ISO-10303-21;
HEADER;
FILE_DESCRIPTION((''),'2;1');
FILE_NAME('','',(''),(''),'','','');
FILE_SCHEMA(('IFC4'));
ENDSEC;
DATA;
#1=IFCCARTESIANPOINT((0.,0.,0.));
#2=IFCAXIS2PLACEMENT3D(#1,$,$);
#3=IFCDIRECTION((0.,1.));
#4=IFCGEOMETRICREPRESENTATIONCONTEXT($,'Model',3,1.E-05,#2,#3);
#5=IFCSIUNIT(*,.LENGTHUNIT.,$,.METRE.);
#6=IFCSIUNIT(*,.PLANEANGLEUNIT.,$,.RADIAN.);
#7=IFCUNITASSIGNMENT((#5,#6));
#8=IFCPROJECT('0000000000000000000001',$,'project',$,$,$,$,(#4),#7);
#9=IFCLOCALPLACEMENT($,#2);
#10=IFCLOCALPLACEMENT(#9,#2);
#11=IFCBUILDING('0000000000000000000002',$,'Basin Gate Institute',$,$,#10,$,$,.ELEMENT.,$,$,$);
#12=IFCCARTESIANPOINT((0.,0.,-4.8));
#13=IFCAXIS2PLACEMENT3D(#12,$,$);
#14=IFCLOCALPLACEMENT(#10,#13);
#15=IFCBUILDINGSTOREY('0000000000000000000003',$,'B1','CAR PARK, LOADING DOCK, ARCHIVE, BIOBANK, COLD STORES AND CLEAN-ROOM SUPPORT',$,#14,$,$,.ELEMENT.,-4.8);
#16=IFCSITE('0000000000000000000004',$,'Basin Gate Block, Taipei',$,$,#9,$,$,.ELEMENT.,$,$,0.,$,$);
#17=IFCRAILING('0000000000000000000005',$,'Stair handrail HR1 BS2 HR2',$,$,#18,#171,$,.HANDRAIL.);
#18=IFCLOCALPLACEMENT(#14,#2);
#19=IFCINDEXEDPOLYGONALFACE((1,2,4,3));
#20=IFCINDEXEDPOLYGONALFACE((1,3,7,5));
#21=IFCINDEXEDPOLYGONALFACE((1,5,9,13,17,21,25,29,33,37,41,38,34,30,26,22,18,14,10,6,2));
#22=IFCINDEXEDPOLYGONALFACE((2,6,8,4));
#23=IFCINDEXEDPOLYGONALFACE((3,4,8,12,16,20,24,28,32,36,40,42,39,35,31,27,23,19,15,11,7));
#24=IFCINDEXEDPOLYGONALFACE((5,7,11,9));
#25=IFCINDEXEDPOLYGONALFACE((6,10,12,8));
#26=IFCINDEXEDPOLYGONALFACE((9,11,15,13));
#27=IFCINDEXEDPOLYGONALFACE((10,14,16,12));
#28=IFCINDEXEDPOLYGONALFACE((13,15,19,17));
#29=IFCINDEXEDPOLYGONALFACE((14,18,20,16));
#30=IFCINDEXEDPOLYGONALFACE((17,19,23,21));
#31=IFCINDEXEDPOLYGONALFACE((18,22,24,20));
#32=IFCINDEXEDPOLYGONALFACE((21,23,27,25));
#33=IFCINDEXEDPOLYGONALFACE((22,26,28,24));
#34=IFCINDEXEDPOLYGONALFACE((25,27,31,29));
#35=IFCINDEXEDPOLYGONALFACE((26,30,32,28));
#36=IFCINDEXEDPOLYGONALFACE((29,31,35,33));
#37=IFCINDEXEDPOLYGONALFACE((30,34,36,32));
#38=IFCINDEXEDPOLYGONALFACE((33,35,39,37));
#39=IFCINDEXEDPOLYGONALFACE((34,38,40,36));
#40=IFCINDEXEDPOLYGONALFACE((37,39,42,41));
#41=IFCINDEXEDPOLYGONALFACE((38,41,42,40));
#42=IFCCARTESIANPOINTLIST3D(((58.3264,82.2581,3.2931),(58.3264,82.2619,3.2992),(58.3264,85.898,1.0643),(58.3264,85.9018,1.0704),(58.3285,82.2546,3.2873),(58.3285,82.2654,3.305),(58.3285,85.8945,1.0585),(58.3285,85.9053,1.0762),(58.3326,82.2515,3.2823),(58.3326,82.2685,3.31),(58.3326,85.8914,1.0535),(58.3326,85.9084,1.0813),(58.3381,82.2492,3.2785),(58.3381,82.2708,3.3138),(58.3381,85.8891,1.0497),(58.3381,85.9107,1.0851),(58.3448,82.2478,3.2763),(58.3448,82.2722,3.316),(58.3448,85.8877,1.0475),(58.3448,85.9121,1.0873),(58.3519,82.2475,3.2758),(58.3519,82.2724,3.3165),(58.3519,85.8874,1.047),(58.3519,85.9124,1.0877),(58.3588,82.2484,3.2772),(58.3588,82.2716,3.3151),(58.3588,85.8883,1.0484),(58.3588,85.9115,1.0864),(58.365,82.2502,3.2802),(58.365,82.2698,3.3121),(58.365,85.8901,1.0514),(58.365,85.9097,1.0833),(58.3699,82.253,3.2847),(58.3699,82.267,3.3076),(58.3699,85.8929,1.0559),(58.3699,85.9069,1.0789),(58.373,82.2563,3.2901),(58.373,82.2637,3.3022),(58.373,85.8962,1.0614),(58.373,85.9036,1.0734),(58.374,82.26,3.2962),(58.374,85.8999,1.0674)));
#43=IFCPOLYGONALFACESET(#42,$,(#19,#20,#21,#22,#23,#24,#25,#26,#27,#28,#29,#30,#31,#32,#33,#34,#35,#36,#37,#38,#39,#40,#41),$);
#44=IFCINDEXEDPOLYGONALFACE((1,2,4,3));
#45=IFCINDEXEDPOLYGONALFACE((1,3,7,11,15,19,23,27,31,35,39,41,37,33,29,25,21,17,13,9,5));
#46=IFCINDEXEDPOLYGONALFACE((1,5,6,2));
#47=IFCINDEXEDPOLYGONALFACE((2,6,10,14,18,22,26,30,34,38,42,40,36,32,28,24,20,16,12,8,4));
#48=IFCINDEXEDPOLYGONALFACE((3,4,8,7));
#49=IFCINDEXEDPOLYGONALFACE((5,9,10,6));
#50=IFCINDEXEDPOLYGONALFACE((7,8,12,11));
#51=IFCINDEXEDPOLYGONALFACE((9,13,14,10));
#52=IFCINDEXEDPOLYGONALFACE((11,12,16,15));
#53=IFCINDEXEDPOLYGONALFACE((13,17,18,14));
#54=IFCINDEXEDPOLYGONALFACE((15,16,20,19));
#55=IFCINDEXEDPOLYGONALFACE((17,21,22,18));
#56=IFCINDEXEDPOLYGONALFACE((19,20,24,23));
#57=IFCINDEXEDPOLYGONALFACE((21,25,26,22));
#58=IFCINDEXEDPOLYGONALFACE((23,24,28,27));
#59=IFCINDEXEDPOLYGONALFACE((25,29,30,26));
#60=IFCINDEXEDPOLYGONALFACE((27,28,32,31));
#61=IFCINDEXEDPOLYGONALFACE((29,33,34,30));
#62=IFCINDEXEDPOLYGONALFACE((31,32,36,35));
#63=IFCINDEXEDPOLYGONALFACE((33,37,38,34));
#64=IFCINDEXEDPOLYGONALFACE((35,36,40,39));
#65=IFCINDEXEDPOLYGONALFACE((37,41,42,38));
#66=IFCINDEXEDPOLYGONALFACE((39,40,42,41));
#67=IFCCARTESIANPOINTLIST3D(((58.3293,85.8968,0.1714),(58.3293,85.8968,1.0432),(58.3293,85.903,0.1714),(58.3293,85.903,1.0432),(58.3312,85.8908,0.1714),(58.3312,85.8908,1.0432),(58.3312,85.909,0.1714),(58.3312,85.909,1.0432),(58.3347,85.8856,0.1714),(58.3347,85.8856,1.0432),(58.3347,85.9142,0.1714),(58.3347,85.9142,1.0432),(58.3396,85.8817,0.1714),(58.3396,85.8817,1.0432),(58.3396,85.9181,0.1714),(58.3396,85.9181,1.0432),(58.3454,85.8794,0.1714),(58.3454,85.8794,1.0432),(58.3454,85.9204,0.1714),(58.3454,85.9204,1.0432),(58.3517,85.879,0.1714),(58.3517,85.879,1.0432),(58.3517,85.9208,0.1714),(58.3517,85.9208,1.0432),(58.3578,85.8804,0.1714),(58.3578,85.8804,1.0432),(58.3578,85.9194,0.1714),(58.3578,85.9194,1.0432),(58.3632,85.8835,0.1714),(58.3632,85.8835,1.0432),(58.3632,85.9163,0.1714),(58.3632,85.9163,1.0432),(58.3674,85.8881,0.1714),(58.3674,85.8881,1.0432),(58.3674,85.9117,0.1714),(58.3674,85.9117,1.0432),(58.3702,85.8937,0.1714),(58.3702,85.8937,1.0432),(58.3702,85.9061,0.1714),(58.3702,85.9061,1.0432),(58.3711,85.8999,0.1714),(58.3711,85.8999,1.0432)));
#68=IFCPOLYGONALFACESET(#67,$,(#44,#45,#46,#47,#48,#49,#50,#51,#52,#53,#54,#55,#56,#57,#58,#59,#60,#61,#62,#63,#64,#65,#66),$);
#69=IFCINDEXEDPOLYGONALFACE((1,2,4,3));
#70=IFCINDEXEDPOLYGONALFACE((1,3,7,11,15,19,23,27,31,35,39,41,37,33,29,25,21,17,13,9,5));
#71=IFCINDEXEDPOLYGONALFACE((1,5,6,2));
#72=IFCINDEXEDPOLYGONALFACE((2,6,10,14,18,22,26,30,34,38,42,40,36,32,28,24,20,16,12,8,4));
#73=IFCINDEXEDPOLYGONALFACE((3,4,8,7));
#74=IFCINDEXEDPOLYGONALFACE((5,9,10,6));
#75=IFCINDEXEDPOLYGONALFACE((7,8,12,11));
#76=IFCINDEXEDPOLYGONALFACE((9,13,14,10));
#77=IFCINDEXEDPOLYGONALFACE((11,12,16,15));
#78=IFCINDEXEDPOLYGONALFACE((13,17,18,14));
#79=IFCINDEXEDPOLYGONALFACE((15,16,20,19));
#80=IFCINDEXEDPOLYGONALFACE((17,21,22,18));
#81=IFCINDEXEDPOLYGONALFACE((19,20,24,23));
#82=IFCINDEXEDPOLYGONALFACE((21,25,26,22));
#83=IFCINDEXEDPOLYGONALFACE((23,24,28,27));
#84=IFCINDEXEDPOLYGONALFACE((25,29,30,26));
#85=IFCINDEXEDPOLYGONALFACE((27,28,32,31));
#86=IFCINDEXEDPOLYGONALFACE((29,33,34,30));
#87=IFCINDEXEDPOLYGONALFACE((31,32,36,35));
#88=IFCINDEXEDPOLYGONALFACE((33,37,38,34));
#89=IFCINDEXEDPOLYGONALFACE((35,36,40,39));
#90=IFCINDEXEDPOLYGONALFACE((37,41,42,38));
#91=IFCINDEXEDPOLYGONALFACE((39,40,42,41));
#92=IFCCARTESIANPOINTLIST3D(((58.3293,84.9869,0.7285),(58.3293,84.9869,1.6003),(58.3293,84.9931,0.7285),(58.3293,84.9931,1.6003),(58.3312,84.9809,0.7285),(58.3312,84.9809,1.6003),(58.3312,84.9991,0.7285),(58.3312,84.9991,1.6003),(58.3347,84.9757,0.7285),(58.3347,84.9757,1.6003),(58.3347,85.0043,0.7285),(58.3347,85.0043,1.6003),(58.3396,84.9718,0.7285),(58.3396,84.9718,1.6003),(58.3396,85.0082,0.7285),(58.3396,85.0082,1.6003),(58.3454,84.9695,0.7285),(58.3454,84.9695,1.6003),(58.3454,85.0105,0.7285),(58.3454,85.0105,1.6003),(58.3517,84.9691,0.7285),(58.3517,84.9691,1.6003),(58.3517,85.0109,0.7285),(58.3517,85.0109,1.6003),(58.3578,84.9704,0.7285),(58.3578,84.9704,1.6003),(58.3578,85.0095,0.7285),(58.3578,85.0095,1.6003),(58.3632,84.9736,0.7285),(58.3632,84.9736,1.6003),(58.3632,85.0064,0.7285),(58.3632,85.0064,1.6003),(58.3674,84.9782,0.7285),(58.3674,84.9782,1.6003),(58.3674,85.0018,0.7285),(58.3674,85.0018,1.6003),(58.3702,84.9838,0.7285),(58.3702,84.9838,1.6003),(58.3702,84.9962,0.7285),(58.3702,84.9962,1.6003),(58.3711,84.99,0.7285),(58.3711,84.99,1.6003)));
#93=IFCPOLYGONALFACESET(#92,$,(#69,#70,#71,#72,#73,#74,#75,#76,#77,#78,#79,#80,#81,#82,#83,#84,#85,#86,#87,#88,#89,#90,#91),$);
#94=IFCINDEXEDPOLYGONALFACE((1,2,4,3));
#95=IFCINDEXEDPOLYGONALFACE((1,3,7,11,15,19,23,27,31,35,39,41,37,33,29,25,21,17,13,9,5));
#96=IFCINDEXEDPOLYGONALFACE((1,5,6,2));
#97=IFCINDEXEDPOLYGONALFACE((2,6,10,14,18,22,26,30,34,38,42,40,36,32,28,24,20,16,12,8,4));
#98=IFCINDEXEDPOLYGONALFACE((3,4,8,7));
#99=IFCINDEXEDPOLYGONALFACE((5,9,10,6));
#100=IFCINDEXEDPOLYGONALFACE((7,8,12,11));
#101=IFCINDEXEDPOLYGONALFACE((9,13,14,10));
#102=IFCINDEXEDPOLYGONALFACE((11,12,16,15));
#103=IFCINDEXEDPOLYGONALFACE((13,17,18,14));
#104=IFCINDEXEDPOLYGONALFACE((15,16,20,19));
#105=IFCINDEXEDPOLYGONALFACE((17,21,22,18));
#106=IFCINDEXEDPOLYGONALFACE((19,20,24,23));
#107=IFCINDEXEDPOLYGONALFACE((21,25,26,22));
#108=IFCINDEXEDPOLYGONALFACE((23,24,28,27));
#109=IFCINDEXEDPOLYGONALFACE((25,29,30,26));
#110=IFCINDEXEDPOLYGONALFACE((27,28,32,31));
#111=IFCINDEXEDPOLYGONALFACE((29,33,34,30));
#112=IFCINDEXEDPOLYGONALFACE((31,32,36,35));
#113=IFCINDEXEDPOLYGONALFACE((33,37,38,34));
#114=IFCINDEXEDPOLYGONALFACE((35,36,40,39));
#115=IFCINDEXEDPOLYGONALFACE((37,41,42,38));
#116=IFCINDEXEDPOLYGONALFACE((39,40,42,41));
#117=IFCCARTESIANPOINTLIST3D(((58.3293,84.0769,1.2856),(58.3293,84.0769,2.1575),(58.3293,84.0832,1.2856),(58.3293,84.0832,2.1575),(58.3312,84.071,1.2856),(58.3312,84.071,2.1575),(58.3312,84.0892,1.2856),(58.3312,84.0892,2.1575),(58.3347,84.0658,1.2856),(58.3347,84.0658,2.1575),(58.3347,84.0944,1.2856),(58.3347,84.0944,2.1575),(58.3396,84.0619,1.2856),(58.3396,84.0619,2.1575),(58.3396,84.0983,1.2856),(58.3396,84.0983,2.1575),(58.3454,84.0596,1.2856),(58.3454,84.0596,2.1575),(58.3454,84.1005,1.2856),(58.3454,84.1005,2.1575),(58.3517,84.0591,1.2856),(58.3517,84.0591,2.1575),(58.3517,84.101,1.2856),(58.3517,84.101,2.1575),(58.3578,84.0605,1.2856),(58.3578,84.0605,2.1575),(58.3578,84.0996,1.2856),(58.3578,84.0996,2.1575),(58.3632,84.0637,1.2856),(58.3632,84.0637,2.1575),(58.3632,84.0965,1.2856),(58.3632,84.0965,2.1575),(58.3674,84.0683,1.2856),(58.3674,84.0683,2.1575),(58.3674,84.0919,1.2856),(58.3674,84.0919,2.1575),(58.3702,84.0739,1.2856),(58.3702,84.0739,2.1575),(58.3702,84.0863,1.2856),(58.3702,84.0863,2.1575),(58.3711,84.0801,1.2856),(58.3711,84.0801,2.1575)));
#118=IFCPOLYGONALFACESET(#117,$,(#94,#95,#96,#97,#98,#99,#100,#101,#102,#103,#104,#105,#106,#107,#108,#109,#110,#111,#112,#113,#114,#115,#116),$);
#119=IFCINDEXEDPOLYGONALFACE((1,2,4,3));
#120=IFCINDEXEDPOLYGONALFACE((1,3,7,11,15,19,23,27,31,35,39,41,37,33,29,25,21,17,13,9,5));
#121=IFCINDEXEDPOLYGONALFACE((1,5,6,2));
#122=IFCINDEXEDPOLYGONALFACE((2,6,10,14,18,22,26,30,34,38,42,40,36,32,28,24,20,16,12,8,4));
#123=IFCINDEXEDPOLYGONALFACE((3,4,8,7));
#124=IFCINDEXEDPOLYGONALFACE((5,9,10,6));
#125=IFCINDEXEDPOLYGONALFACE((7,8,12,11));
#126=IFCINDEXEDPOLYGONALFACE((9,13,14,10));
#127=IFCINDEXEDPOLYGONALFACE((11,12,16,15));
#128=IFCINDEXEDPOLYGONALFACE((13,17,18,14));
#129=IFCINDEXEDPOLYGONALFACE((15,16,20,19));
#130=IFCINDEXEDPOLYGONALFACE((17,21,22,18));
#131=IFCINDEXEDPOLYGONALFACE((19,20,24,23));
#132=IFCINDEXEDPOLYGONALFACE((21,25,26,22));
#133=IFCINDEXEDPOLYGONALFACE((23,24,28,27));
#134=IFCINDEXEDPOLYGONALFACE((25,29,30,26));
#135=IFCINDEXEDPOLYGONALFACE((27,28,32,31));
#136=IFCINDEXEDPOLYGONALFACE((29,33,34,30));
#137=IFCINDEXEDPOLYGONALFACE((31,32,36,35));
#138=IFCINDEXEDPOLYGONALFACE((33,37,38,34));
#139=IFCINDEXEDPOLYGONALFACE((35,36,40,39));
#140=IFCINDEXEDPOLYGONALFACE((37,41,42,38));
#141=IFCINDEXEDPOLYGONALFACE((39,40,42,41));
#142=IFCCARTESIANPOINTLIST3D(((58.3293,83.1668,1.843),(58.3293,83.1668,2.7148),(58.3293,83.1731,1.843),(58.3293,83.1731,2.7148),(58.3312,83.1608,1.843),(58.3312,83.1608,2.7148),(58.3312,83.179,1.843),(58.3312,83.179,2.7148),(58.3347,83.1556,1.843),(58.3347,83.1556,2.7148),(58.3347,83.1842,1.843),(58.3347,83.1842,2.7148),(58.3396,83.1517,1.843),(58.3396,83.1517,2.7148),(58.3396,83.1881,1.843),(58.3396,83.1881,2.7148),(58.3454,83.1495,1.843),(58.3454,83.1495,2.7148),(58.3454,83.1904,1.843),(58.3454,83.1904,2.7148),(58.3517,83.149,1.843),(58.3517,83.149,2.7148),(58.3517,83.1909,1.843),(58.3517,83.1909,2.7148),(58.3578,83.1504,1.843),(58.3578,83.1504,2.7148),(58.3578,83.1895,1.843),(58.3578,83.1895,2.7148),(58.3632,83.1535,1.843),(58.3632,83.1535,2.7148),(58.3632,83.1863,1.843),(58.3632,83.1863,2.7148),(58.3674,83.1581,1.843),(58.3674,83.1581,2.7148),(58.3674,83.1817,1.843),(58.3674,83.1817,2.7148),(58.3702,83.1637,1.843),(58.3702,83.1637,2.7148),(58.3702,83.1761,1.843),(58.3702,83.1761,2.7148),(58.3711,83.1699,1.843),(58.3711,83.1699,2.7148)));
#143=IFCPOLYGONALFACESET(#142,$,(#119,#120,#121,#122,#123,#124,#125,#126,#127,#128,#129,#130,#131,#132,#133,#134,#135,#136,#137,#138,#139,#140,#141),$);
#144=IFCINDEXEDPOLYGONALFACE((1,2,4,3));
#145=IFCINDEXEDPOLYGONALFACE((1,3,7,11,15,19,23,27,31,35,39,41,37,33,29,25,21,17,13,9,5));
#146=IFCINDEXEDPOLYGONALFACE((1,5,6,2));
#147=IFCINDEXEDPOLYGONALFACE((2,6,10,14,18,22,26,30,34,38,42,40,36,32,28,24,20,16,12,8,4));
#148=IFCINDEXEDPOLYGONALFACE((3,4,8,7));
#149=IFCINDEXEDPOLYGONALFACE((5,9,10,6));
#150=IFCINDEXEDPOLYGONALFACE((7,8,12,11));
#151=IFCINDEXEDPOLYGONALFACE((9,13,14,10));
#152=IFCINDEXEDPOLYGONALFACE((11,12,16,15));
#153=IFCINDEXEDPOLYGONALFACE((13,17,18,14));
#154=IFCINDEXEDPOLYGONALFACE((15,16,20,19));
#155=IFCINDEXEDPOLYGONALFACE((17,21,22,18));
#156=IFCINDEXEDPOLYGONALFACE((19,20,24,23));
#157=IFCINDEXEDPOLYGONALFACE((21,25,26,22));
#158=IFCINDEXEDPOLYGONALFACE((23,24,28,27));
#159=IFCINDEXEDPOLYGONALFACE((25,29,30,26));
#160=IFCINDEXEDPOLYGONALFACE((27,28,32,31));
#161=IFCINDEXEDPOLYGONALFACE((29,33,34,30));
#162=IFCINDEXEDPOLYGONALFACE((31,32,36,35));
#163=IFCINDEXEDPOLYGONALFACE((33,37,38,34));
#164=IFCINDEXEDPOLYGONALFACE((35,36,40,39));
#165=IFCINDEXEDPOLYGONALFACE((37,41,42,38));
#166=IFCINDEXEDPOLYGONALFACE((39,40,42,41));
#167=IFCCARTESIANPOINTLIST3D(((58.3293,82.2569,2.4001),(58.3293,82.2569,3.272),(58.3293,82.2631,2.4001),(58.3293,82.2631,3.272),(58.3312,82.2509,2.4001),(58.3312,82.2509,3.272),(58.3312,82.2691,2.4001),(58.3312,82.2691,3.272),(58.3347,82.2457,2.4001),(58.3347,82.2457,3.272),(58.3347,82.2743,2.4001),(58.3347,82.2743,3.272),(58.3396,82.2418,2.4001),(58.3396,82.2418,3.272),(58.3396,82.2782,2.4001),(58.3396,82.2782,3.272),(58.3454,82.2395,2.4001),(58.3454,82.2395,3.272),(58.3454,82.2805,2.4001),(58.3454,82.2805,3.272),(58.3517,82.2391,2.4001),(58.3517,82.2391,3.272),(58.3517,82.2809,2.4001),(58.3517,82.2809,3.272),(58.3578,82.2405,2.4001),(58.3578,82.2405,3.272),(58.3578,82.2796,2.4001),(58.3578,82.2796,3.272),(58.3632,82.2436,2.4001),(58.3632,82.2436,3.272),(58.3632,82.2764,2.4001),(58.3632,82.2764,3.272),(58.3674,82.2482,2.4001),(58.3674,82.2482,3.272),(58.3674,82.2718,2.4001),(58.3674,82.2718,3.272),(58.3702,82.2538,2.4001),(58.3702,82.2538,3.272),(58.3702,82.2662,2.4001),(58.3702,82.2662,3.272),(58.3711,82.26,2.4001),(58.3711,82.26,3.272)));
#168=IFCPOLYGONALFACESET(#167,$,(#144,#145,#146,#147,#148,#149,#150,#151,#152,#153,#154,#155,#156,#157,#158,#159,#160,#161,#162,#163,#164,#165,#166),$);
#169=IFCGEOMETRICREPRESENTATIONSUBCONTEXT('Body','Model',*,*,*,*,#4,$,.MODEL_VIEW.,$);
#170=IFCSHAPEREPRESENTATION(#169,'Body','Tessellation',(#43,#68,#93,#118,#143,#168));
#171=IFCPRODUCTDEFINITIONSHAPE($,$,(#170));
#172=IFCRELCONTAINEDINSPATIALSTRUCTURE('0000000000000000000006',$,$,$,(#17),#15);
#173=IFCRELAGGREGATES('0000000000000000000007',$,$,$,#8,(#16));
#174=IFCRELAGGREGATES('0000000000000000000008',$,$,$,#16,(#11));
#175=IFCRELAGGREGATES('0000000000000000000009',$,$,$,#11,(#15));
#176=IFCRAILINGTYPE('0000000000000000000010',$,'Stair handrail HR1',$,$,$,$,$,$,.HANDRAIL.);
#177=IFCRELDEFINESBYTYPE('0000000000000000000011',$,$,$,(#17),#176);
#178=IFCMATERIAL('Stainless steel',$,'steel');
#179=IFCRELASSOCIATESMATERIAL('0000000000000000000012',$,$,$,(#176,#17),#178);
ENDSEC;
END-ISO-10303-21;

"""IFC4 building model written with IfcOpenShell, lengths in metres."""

from ifc_helpers import new_model, si_unit, direction, frame, origin, origin_2d, place, context, subcontext, project, spatial, circle, extrude, material, type_object, element, save


model = new_model("IFC4")

# Units and contexts
model_context = context("Model", 3, precision=1e-05, world=origin(), true_north=direction((0.0, 1.0)))
body_context = subcontext(model_context, "Body", "Model", "MODEL_VIEW")
ifc_project = project(units=[si_unit("LENGTHUNIT", "METRE"), si_unit("PLANEANGLEUNIT", "RADIAN")], contexts=[model_context])

# Site, building, storey
site_placement = place(None, origin())
site = spatial("IfcSite", under=ifc_project, at=site_placement, Name="Basin Gate Block, Taipei", CompositionType="ELEMENT", RefElevation=0.0)
building_placement = place(site_placement, origin())
building = spatial("IfcBuilding", under=site, at=building_placement, Name="Basin Gate Institute", CompositionType="ELEMENT")
storey_placement = place(building_placement, frame((0.0, 0.0, -4.8)))
storey = spatial("IfcBuildingStorey", under=building, at=storey_placement, Name="B1", Description="CAR PARK, LOADING DOCK, ARCHIVE, BIOBANK, COLD STORES AND CLEAN-ROOM SUPPORT", CompositionType="ELEMENT", Elevation=-4.8)

# Railing
ifc_material_1 = material(Name="Stainless steel", Category="steel")
railing_type_1 = type_object("IfcRailingType", Name="Stair handrail HR1", PredefinedType="HANDRAIL", material=ifc_material_1)
for number, where, name in (
    (1, (58.3501, 85.8999, 0.1714), "Stair handrail HR1 BS2 HR2"),
):
    element("IfcRailing", number, at=place(storey_placement, frame(where)), inside=storey, type_object=railing_type_1, material=ifc_material_1, Name=name, PredefinedType="HANDRAIL", context=body_context, shape_type="SweptSolid", body=[
        extrude(circle(Radius=0.0239, at=origin_2d()), frame((0.0, 0.0, 0.896), z_axis=(0.0, -0.852825, 0.522197), x_axis=(1.0, 0.0, 0.0)), (0.0, 0.0, 1.0), 4.2681),
        extrude(circle(Radius=0.021, at=origin_2d()), origin(), (0.0, 0.0, 1.0), 0.8718),
        extrude(circle(Radius=0.021, at=origin_2d()), frame((0.0, -0.9099, 0.5571)), (0.0, 0.0, 1.0), 0.8718),
        extrude(circle(Radius=0.021, at=origin_2d()), frame((0.0, -1.8198, 1.1143)), (0.0, 0.0, 1.0), 0.8718),
        extrude(circle(Radius=0.021, at=origin_2d()), frame((0.0, -2.73, 1.6716)), (0.0, 0.0, 1.0), 0.8718),
        extrude(circle(Radius=0.021, at=origin_2d()), frame((0.0, -3.6399, 2.2288)), (0.0, 0.0, 1.0), 0.8718),
    ])

save(model, "model.ifc")
